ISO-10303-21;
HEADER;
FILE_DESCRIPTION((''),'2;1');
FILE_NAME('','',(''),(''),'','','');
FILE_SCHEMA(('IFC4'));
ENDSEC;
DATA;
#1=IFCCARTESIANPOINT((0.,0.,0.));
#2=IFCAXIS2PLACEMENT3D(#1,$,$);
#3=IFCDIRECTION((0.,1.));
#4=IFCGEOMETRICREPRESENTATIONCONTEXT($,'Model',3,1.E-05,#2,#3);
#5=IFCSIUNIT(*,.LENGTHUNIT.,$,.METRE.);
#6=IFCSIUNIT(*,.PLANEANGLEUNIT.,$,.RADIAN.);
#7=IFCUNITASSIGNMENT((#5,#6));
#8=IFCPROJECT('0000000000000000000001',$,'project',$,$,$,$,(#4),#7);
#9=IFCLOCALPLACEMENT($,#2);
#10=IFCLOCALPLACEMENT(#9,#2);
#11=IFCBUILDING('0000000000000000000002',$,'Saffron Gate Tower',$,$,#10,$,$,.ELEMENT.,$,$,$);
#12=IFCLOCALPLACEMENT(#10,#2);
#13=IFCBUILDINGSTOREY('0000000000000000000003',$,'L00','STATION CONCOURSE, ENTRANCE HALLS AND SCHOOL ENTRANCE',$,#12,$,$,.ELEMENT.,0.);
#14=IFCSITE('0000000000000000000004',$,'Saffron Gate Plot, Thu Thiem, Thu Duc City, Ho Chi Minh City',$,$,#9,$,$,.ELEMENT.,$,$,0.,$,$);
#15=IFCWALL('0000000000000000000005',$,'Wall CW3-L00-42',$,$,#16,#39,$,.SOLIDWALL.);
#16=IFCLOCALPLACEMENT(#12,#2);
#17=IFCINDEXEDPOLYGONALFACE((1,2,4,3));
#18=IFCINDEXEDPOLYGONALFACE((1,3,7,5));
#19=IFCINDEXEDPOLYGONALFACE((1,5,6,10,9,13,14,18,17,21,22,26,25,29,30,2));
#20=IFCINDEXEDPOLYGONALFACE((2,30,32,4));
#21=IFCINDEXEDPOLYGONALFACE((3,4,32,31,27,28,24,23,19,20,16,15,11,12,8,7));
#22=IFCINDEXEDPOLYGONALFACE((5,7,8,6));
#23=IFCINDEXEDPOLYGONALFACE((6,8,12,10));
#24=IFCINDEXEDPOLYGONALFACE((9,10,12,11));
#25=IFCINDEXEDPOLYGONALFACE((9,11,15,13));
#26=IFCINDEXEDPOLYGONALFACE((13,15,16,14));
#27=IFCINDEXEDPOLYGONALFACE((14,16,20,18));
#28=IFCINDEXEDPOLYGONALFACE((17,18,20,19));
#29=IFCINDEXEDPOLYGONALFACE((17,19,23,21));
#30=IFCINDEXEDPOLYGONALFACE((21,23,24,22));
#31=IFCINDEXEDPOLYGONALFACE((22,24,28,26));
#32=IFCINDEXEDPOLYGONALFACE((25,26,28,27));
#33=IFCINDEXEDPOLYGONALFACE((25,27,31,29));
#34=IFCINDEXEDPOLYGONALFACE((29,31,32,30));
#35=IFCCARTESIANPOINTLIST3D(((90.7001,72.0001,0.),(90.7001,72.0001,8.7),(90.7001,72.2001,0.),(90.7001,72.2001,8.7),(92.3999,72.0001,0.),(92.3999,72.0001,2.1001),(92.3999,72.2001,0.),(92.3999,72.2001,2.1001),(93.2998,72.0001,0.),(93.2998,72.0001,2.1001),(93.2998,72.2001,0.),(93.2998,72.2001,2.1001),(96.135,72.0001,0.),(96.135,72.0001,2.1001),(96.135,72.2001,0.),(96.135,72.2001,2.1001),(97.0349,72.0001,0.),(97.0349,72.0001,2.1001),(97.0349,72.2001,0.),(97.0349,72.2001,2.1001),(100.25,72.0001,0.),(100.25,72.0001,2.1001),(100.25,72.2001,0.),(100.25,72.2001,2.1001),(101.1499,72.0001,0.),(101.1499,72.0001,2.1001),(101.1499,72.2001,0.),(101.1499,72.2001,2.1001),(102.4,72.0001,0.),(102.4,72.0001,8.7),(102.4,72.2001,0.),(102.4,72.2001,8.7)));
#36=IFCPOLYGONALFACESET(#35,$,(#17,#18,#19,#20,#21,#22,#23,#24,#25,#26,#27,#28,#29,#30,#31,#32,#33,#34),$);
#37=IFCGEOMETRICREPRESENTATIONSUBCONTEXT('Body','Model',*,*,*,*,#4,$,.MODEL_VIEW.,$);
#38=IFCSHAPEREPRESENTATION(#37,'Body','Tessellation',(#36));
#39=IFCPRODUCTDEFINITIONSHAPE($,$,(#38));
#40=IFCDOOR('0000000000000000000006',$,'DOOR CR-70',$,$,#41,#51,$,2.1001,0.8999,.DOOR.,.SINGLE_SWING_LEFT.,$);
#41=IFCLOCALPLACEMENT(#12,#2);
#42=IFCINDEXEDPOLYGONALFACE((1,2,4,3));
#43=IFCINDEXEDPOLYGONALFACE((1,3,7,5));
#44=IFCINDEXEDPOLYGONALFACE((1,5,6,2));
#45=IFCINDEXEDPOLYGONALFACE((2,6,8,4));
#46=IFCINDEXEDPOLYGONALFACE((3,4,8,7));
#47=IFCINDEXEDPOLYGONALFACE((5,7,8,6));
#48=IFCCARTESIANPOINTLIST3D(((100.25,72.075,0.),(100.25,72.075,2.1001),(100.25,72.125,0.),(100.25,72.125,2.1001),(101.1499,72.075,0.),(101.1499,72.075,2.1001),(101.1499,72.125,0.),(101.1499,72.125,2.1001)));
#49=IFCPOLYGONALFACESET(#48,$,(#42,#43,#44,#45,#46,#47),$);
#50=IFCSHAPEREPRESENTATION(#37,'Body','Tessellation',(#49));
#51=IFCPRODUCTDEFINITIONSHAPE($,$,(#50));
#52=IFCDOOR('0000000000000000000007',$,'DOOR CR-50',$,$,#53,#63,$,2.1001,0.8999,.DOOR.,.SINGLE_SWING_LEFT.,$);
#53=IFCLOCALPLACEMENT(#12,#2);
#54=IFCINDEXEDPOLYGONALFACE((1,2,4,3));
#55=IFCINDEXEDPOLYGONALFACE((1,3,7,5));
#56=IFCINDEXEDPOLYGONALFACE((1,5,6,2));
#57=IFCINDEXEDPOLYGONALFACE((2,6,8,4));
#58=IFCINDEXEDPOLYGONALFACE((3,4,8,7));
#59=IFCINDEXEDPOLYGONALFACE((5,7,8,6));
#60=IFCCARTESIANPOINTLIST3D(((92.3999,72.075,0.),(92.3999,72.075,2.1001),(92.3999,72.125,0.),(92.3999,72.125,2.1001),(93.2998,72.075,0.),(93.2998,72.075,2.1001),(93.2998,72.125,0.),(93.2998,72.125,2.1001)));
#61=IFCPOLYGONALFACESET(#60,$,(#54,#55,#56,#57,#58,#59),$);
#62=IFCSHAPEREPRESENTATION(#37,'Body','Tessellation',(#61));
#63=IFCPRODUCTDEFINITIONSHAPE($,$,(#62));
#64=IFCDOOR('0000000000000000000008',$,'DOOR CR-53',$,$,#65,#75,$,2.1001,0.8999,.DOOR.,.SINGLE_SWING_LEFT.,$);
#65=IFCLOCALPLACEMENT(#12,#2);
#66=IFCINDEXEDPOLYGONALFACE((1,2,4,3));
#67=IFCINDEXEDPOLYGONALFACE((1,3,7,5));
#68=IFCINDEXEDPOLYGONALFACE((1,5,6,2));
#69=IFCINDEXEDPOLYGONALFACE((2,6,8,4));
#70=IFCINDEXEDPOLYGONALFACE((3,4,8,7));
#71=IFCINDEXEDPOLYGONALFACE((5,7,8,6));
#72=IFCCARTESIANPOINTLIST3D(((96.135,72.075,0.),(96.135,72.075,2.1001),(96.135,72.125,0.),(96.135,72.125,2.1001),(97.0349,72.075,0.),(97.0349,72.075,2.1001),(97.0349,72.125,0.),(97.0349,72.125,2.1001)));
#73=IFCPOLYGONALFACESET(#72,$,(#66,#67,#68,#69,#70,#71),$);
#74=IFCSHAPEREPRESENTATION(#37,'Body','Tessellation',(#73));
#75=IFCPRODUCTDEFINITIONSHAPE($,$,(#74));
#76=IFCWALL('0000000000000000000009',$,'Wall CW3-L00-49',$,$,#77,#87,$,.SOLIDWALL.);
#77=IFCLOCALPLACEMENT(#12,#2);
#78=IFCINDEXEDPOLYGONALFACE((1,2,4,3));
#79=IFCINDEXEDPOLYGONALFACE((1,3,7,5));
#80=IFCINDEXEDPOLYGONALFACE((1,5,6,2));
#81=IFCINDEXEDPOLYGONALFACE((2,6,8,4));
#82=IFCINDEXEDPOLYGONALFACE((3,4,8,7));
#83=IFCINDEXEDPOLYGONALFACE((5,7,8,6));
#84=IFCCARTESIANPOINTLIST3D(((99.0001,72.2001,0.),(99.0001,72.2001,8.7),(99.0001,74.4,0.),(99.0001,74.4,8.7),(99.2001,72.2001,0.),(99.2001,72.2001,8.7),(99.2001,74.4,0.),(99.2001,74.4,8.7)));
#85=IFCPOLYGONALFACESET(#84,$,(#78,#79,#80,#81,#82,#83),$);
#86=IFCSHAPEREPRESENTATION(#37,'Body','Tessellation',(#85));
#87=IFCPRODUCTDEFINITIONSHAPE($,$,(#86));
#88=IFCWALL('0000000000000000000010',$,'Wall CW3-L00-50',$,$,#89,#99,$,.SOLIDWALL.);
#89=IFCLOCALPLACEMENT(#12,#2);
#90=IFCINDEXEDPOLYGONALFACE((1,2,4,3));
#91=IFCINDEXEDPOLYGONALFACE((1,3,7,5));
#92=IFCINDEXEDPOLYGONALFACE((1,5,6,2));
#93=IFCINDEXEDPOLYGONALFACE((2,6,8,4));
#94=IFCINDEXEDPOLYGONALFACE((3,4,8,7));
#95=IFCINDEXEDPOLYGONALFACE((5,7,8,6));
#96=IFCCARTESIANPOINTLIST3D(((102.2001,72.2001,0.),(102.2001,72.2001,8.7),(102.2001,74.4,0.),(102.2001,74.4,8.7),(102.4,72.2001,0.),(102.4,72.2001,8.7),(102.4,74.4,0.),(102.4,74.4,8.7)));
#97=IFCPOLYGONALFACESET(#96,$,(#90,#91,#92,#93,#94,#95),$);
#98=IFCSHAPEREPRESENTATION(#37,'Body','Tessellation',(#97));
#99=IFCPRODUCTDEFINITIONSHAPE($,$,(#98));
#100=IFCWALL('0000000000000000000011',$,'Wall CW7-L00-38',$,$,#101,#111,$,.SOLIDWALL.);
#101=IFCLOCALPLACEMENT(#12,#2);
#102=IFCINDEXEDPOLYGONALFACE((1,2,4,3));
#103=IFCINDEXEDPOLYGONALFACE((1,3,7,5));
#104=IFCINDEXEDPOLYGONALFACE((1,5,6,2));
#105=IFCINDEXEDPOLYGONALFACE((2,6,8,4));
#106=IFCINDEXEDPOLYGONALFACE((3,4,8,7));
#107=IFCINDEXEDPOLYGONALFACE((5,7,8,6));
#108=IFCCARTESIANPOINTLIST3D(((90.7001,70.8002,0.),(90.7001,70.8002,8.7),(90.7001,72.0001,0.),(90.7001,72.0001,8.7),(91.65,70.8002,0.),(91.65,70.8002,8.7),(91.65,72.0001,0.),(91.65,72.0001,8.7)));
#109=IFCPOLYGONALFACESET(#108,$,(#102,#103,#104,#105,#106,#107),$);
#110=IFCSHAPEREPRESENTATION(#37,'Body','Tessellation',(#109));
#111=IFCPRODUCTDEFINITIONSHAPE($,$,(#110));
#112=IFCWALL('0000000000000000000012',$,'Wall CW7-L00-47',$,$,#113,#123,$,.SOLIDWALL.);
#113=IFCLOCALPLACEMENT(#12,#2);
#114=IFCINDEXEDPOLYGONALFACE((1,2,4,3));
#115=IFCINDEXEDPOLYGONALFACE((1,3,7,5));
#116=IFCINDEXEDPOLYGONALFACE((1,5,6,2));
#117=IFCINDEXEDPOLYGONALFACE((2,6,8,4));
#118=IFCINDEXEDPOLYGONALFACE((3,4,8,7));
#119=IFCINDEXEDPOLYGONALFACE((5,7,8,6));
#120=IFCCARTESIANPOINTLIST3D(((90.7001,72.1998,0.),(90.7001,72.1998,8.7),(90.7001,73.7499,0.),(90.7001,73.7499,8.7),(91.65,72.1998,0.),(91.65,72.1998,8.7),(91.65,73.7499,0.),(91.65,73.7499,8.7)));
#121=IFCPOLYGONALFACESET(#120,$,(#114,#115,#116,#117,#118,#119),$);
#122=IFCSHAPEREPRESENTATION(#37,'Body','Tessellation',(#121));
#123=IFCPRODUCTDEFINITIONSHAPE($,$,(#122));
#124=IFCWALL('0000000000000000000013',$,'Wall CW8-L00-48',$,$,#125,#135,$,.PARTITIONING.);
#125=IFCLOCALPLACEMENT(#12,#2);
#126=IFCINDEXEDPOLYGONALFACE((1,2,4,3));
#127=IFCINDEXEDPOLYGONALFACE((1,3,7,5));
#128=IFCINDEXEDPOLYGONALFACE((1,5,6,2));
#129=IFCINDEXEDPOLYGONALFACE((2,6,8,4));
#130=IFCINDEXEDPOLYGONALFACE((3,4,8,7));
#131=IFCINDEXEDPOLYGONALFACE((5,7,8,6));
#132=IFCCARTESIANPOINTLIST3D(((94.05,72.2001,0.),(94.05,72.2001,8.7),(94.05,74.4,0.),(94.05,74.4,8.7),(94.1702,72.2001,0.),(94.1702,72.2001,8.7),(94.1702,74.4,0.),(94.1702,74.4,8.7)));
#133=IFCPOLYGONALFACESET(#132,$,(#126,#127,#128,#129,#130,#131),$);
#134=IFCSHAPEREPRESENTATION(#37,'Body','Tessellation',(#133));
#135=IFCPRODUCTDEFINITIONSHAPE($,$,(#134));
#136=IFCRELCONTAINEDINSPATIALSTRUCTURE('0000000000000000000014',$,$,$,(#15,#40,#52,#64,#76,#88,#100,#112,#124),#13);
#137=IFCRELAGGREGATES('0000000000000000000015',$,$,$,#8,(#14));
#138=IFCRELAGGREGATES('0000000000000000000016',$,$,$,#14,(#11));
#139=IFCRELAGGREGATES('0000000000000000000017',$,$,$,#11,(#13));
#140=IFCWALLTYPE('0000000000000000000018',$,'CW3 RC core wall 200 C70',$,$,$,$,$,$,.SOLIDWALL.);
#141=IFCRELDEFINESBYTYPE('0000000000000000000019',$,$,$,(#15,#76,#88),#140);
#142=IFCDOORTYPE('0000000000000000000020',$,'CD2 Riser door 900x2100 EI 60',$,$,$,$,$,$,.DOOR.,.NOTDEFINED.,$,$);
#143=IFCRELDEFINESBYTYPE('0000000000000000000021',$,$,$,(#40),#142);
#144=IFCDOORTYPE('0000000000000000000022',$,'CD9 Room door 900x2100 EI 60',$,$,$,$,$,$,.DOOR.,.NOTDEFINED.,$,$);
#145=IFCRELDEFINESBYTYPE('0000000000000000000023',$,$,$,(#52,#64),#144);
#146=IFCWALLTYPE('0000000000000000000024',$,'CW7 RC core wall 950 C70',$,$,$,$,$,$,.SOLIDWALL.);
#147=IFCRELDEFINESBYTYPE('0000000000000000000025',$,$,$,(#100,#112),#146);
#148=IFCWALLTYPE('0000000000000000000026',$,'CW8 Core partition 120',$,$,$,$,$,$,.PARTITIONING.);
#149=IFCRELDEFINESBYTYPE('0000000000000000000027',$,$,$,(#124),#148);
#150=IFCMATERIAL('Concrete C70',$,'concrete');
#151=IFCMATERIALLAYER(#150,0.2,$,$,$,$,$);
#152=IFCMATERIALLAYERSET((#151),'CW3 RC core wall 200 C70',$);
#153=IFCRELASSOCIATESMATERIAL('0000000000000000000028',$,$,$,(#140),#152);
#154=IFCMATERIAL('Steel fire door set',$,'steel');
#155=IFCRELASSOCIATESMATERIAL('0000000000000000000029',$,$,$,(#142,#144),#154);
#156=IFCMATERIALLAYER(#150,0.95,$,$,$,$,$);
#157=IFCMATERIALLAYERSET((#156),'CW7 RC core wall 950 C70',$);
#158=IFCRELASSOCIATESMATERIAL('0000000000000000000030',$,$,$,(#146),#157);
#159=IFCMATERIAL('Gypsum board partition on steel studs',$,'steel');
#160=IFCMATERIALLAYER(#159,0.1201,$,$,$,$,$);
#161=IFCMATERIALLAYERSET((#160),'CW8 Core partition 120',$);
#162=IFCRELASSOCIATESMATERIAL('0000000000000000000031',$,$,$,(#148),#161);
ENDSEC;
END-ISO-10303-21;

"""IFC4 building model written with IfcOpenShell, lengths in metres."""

from ifc_helpers import new_model, si_unit, direction, frame, frame_2d, origin, place, context, subcontext, project, spatial, rectangle, extrude, material, layer, layer_set, type_object, element, fill, save


model = new_model("IFC4")

# Units and contexts
model_context = context("Model", 3, precision=1e-05, world=origin(), true_north=direction((0.0, 1.0)))
body_context = subcontext(model_context, "Body", "Model", "MODEL_VIEW")
ifc_project = project(units=[si_unit("LENGTHUNIT", "METRE"), si_unit("PLANEANGLEUNIT", "RADIAN")], contexts=[model_context])

# Site, building, storey
site_placement = place(None, origin())
site = spatial("IfcSite", under=ifc_project, at=site_placement, Name="Saffron Gate Plot, Thu Thiem, Thu Duc City, Ho Chi Minh City", CompositionType="ELEMENT", RefElevation=0.0)
building_placement = place(site_placement, origin())
building = spatial("IfcBuilding", under=site, at=building_placement, Name="Saffron Gate Tower", CompositionType="ELEMENT")
storey_placement = place(building_placement, origin())
storey = spatial("IfcBuildingStorey", under=building, at=storey_placement, Name="L00", Description="STATION CONCOURSE, ENTRANCE HALLS AND SCHOOL ENTRANCE", CompositionType="ELEMENT", Elevation=0.0)

# Shared definitions
ifc_material_1 = material(Name="Concrete C70", Category="concrete")
ifc_layer_1 = layer(ifc_material_1, 0.2)
ifc_layer_set_1 = layer_set([ifc_layer_1], Name="CW3 RC core wall 200 C70")
wall_type_1 = type_object("IfcWallType", Name="CW3 RC core wall 200 C70", PredefinedType="SOLIDWALL", material=ifc_layer_set_1)

# Wall, openings, doors
wall_1_placement = place(storey_placement, frame((90.7, 72.1001, 0.0), z_axis=(0.0, 0.0, 1.0), x_axis=(1.0, 0.0, 0.0)))
wall_1 = element("IfcWall", 1, at=wall_1_placement, inside=storey, type_object=wall_type_1, Name="Wall CW3-L00-42", PredefinedType="SOLIDWALL", context=body_context, shape_type="SweptSolid", body=[
    extrude(rectangle(XDim=11.7, YDim=0.2, at=frame_2d((5.8501, 0.0))), origin(), (0.0, 0.0, 1.0), 8.7),
])
opening_1_placement = place(wall_1_placement, frame((1.7, 0.0, 0.0)))
opening_1 = element("IfcOpeningElement", 2, at=opening_1_placement, cuts=wall_1, PredefinedType="OPENING", context=body_context, shape_type="SweptSolid", body=[
    extrude(rectangle(XDim=0.8999, YDim=2.1001, at=frame_2d((0.45, 1.05))), frame((0.0, 0.1099, 0.0), z_axis=(0.0, -1.0, 0.0), x_axis=(1.0, 0.0, 0.0)), (0.0, 0.0, 1.0), 0.22),
])
opening_2_placement = place(wall_1_placement, frame((5.4351, 0.0, 0.0)))
opening_2 = element("IfcOpeningElement", 3, at=opening_2_placement, cuts=wall_1, PredefinedType="OPENING", context=body_context, shape_type="SweptSolid", body=[
    extrude(rectangle(XDim=0.8999, YDim=2.1001, at=frame_2d((0.45, 1.05))), frame((0.0, 0.1099, 0.0), z_axis=(0.0, -1.0, 0.0), x_axis=(1.0, 0.0, 0.0)), (0.0, 0.0, 1.0), 0.22),
])
opening_3_placement = place(wall_1_placement, frame((9.55, 0.0, 0.0)))
opening_3 = element("IfcOpeningElement", 4, at=opening_3_placement, cuts=wall_1, PredefinedType="OPENING", context=body_context, shape_type="SweptSolid", body=[
    extrude(rectangle(XDim=0.8999, YDim=2.1001, at=frame_2d((0.45, 1.05))), frame((0.0, 0.1099, 0.0), z_axis=(0.0, -1.0, 0.0), x_axis=(1.0, 0.0, 0.0)), (0.0, 0.0, 1.0), 0.22),
])
ifc_material_2 = material(Name="Steel fire door set", Category="steel")
door_type_1 = type_object("IfcDoorType", Name="CD2 Riser door 900x2100 EI 60", OperationType="NOTDEFINED", PredefinedType="DOOR", material=ifc_material_2)
door_1_placement = place(opening_3_placement, origin())
door_1 = element("IfcDoor", 5, at=door_1_placement, inside=storey, type_object=door_type_1, Name="DOOR CR-70", OperationType="SINGLE_SWING_LEFT", OverallHeight=2.1001, OverallWidth=0.8999, PredefinedType="DOOR", context=body_context, shape_type="SweptSolid", body=[
    extrude(rectangle(XDim=0.8999, YDim=2.1001, at=frame_2d((0.45, 1.05))), frame((0.0, 0.0249, 0.0), z_axis=(0.0, -1.0, 0.0), x_axis=(1.0, 0.0, 0.0)), (0.0, 0.0, 1.0), 0.05),
])
fill(opening_3, door_1)
door_type_2 = type_object("IfcDoorType", Name="CD9 Room door 900x2100 EI 60", OperationType="NOTDEFINED", PredefinedType="DOOR", material=ifc_material_2)
door_2_placement = place(opening_1_placement, origin())
door_2 = element("IfcDoor", 6, at=door_2_placement, inside=storey, type_object=door_type_2, Name="DOOR CR-50", OperationType="SINGLE_SWING_LEFT", OverallHeight=2.1001, OverallWidth=0.8999, PredefinedType="DOOR", context=body_context, shape_type="SweptSolid", body=[
    extrude(rectangle(XDim=0.8999, YDim=2.1001, at=frame_2d((0.45, 1.05))), frame((0.0, 0.0249, 0.0), z_axis=(0.0, -1.0, 0.0), x_axis=(1.0, 0.0, 0.0)), (0.0, 0.0, 1.0), 0.05),
])
fill(opening_1, door_2)
door_3_placement = place(opening_2_placement, origin())
door_3 = element("IfcDoor", 7, at=door_3_placement, inside=storey, type_object=door_type_2, Name="DOOR CR-53", OperationType="SINGLE_SWING_LEFT", OverallHeight=2.1001, OverallWidth=0.8999, PredefinedType="DOOR", context=body_context, shape_type="SweptSolid", body=[
    extrude(rectangle(XDim=0.8999, YDim=2.1001, at=frame_2d((0.45, 1.05))), frame((0.0, 0.0249, 0.0), z_axis=(0.0, -1.0, 0.0), x_axis=(1.0, 0.0, 0.0)), (0.0, 0.0, 1.0), 0.05),
])
fill(opening_2, door_3)

# Walls
for number, where, z_axis, x_axis, name in (
    (8, (99.1001, 72.2, 0.0), (0.0, 0.0, 1.0), (0.0, 1.0, 0.0), "Wall CW3-L00-49"),
    (9, (102.3, 72.2, 0.0), (0.0, 0.0, 1.0), (0.0, 1.0, 0.0), "Wall CW3-L00-50"),
):
    element("IfcWall", number, at=place(storey_placement, frame(where, z_axis=z_axis, x_axis=x_axis)), inside=storey, type_object=wall_type_1, Name=name, PredefinedType="SOLIDWALL", context=body_context, shape_type="SweptSolid", body=[
        extrude(rectangle(XDim=2.2, YDim=0.2, at=frame_2d((1.1001, 0.0))), origin(), (0.0, 0.0, 1.0), 8.7),
    ])
ifc_layer_2 = layer(ifc_material_1, 0.95)
ifc_layer_set_2 = layer_set([ifc_layer_2], Name="CW7 RC core wall 950 C70")
wall_type_2 = type_object("IfcWallType", Name="CW7 RC core wall 950 C70", PredefinedType="SOLIDWALL", material=ifc_layer_set_2)
wall_2_placement = place(storey_placement, frame((91.175, 70.8, 0.0), z_axis=(0.0, 0.0, 1.0), x_axis=(0.0, 1.0, 0.0)))
element("IfcWall", 10, at=wall_2_placement, inside=storey, type_object=wall_type_2, Name="Wall CW7-L00-38", PredefinedType="SOLIDWALL", context=body_context, shape_type="SweptSolid", body=[
    extrude(rectangle(XDim=1.2, YDim=0.95, at=frame_2d((0.6001, 0.0))), origin(), (0.0, 0.0, 1.0), 8.7),
])
wall_3_placement = place(storey_placement, frame((91.175, 72.2, 0.0), z_axis=(0.0, 0.0, 1.0), x_axis=(0.0, 1.0, 0.0)))
element("IfcWall", 11, at=wall_3_placement, inside=storey, type_object=wall_type_2, Name="Wall CW7-L00-47", PredefinedType="SOLIDWALL", context=body_context, shape_type="SweptSolid", body=[
    extrude(rectangle(XDim=1.55, YDim=0.95, at=frame_2d((0.7749, 0.0))), origin(), (0.0, 0.0, 1.0), 8.7),
])
ifc_material_3 = material(Name="Gypsum board partition on steel studs", Category="steel")
ifc_layer_3 = layer(ifc_material_3, 0.1201)
ifc_layer_set_3 = layer_set([ifc_layer_3], Name="CW8 Core partition 120")
wall_type_3 = type_object("IfcWallType", Name="CW8 Core partition 120", PredefinedType="PARTITIONING", material=ifc_layer_set_3)
wall_4_placement = place(storey_placement, frame((94.1101, 72.2, 0.0), z_axis=(0.0, 0.0, 1.0), x_axis=(0.0, 1.0, 0.0)))
element("IfcWall", 12, at=wall_4_placement, inside=storey, type_object=wall_type_3, Name="Wall CW8-L00-48", PredefinedType="PARTITIONING", context=body_context, shape_type="SweptSolid", body=[
    extrude(rectangle(XDim=2.2, YDim=0.1201, at=frame_2d((1.1001, 0.0))), origin(), (0.0, 0.0, 1.0), 8.7),
])

save(model, "model.ifc")
